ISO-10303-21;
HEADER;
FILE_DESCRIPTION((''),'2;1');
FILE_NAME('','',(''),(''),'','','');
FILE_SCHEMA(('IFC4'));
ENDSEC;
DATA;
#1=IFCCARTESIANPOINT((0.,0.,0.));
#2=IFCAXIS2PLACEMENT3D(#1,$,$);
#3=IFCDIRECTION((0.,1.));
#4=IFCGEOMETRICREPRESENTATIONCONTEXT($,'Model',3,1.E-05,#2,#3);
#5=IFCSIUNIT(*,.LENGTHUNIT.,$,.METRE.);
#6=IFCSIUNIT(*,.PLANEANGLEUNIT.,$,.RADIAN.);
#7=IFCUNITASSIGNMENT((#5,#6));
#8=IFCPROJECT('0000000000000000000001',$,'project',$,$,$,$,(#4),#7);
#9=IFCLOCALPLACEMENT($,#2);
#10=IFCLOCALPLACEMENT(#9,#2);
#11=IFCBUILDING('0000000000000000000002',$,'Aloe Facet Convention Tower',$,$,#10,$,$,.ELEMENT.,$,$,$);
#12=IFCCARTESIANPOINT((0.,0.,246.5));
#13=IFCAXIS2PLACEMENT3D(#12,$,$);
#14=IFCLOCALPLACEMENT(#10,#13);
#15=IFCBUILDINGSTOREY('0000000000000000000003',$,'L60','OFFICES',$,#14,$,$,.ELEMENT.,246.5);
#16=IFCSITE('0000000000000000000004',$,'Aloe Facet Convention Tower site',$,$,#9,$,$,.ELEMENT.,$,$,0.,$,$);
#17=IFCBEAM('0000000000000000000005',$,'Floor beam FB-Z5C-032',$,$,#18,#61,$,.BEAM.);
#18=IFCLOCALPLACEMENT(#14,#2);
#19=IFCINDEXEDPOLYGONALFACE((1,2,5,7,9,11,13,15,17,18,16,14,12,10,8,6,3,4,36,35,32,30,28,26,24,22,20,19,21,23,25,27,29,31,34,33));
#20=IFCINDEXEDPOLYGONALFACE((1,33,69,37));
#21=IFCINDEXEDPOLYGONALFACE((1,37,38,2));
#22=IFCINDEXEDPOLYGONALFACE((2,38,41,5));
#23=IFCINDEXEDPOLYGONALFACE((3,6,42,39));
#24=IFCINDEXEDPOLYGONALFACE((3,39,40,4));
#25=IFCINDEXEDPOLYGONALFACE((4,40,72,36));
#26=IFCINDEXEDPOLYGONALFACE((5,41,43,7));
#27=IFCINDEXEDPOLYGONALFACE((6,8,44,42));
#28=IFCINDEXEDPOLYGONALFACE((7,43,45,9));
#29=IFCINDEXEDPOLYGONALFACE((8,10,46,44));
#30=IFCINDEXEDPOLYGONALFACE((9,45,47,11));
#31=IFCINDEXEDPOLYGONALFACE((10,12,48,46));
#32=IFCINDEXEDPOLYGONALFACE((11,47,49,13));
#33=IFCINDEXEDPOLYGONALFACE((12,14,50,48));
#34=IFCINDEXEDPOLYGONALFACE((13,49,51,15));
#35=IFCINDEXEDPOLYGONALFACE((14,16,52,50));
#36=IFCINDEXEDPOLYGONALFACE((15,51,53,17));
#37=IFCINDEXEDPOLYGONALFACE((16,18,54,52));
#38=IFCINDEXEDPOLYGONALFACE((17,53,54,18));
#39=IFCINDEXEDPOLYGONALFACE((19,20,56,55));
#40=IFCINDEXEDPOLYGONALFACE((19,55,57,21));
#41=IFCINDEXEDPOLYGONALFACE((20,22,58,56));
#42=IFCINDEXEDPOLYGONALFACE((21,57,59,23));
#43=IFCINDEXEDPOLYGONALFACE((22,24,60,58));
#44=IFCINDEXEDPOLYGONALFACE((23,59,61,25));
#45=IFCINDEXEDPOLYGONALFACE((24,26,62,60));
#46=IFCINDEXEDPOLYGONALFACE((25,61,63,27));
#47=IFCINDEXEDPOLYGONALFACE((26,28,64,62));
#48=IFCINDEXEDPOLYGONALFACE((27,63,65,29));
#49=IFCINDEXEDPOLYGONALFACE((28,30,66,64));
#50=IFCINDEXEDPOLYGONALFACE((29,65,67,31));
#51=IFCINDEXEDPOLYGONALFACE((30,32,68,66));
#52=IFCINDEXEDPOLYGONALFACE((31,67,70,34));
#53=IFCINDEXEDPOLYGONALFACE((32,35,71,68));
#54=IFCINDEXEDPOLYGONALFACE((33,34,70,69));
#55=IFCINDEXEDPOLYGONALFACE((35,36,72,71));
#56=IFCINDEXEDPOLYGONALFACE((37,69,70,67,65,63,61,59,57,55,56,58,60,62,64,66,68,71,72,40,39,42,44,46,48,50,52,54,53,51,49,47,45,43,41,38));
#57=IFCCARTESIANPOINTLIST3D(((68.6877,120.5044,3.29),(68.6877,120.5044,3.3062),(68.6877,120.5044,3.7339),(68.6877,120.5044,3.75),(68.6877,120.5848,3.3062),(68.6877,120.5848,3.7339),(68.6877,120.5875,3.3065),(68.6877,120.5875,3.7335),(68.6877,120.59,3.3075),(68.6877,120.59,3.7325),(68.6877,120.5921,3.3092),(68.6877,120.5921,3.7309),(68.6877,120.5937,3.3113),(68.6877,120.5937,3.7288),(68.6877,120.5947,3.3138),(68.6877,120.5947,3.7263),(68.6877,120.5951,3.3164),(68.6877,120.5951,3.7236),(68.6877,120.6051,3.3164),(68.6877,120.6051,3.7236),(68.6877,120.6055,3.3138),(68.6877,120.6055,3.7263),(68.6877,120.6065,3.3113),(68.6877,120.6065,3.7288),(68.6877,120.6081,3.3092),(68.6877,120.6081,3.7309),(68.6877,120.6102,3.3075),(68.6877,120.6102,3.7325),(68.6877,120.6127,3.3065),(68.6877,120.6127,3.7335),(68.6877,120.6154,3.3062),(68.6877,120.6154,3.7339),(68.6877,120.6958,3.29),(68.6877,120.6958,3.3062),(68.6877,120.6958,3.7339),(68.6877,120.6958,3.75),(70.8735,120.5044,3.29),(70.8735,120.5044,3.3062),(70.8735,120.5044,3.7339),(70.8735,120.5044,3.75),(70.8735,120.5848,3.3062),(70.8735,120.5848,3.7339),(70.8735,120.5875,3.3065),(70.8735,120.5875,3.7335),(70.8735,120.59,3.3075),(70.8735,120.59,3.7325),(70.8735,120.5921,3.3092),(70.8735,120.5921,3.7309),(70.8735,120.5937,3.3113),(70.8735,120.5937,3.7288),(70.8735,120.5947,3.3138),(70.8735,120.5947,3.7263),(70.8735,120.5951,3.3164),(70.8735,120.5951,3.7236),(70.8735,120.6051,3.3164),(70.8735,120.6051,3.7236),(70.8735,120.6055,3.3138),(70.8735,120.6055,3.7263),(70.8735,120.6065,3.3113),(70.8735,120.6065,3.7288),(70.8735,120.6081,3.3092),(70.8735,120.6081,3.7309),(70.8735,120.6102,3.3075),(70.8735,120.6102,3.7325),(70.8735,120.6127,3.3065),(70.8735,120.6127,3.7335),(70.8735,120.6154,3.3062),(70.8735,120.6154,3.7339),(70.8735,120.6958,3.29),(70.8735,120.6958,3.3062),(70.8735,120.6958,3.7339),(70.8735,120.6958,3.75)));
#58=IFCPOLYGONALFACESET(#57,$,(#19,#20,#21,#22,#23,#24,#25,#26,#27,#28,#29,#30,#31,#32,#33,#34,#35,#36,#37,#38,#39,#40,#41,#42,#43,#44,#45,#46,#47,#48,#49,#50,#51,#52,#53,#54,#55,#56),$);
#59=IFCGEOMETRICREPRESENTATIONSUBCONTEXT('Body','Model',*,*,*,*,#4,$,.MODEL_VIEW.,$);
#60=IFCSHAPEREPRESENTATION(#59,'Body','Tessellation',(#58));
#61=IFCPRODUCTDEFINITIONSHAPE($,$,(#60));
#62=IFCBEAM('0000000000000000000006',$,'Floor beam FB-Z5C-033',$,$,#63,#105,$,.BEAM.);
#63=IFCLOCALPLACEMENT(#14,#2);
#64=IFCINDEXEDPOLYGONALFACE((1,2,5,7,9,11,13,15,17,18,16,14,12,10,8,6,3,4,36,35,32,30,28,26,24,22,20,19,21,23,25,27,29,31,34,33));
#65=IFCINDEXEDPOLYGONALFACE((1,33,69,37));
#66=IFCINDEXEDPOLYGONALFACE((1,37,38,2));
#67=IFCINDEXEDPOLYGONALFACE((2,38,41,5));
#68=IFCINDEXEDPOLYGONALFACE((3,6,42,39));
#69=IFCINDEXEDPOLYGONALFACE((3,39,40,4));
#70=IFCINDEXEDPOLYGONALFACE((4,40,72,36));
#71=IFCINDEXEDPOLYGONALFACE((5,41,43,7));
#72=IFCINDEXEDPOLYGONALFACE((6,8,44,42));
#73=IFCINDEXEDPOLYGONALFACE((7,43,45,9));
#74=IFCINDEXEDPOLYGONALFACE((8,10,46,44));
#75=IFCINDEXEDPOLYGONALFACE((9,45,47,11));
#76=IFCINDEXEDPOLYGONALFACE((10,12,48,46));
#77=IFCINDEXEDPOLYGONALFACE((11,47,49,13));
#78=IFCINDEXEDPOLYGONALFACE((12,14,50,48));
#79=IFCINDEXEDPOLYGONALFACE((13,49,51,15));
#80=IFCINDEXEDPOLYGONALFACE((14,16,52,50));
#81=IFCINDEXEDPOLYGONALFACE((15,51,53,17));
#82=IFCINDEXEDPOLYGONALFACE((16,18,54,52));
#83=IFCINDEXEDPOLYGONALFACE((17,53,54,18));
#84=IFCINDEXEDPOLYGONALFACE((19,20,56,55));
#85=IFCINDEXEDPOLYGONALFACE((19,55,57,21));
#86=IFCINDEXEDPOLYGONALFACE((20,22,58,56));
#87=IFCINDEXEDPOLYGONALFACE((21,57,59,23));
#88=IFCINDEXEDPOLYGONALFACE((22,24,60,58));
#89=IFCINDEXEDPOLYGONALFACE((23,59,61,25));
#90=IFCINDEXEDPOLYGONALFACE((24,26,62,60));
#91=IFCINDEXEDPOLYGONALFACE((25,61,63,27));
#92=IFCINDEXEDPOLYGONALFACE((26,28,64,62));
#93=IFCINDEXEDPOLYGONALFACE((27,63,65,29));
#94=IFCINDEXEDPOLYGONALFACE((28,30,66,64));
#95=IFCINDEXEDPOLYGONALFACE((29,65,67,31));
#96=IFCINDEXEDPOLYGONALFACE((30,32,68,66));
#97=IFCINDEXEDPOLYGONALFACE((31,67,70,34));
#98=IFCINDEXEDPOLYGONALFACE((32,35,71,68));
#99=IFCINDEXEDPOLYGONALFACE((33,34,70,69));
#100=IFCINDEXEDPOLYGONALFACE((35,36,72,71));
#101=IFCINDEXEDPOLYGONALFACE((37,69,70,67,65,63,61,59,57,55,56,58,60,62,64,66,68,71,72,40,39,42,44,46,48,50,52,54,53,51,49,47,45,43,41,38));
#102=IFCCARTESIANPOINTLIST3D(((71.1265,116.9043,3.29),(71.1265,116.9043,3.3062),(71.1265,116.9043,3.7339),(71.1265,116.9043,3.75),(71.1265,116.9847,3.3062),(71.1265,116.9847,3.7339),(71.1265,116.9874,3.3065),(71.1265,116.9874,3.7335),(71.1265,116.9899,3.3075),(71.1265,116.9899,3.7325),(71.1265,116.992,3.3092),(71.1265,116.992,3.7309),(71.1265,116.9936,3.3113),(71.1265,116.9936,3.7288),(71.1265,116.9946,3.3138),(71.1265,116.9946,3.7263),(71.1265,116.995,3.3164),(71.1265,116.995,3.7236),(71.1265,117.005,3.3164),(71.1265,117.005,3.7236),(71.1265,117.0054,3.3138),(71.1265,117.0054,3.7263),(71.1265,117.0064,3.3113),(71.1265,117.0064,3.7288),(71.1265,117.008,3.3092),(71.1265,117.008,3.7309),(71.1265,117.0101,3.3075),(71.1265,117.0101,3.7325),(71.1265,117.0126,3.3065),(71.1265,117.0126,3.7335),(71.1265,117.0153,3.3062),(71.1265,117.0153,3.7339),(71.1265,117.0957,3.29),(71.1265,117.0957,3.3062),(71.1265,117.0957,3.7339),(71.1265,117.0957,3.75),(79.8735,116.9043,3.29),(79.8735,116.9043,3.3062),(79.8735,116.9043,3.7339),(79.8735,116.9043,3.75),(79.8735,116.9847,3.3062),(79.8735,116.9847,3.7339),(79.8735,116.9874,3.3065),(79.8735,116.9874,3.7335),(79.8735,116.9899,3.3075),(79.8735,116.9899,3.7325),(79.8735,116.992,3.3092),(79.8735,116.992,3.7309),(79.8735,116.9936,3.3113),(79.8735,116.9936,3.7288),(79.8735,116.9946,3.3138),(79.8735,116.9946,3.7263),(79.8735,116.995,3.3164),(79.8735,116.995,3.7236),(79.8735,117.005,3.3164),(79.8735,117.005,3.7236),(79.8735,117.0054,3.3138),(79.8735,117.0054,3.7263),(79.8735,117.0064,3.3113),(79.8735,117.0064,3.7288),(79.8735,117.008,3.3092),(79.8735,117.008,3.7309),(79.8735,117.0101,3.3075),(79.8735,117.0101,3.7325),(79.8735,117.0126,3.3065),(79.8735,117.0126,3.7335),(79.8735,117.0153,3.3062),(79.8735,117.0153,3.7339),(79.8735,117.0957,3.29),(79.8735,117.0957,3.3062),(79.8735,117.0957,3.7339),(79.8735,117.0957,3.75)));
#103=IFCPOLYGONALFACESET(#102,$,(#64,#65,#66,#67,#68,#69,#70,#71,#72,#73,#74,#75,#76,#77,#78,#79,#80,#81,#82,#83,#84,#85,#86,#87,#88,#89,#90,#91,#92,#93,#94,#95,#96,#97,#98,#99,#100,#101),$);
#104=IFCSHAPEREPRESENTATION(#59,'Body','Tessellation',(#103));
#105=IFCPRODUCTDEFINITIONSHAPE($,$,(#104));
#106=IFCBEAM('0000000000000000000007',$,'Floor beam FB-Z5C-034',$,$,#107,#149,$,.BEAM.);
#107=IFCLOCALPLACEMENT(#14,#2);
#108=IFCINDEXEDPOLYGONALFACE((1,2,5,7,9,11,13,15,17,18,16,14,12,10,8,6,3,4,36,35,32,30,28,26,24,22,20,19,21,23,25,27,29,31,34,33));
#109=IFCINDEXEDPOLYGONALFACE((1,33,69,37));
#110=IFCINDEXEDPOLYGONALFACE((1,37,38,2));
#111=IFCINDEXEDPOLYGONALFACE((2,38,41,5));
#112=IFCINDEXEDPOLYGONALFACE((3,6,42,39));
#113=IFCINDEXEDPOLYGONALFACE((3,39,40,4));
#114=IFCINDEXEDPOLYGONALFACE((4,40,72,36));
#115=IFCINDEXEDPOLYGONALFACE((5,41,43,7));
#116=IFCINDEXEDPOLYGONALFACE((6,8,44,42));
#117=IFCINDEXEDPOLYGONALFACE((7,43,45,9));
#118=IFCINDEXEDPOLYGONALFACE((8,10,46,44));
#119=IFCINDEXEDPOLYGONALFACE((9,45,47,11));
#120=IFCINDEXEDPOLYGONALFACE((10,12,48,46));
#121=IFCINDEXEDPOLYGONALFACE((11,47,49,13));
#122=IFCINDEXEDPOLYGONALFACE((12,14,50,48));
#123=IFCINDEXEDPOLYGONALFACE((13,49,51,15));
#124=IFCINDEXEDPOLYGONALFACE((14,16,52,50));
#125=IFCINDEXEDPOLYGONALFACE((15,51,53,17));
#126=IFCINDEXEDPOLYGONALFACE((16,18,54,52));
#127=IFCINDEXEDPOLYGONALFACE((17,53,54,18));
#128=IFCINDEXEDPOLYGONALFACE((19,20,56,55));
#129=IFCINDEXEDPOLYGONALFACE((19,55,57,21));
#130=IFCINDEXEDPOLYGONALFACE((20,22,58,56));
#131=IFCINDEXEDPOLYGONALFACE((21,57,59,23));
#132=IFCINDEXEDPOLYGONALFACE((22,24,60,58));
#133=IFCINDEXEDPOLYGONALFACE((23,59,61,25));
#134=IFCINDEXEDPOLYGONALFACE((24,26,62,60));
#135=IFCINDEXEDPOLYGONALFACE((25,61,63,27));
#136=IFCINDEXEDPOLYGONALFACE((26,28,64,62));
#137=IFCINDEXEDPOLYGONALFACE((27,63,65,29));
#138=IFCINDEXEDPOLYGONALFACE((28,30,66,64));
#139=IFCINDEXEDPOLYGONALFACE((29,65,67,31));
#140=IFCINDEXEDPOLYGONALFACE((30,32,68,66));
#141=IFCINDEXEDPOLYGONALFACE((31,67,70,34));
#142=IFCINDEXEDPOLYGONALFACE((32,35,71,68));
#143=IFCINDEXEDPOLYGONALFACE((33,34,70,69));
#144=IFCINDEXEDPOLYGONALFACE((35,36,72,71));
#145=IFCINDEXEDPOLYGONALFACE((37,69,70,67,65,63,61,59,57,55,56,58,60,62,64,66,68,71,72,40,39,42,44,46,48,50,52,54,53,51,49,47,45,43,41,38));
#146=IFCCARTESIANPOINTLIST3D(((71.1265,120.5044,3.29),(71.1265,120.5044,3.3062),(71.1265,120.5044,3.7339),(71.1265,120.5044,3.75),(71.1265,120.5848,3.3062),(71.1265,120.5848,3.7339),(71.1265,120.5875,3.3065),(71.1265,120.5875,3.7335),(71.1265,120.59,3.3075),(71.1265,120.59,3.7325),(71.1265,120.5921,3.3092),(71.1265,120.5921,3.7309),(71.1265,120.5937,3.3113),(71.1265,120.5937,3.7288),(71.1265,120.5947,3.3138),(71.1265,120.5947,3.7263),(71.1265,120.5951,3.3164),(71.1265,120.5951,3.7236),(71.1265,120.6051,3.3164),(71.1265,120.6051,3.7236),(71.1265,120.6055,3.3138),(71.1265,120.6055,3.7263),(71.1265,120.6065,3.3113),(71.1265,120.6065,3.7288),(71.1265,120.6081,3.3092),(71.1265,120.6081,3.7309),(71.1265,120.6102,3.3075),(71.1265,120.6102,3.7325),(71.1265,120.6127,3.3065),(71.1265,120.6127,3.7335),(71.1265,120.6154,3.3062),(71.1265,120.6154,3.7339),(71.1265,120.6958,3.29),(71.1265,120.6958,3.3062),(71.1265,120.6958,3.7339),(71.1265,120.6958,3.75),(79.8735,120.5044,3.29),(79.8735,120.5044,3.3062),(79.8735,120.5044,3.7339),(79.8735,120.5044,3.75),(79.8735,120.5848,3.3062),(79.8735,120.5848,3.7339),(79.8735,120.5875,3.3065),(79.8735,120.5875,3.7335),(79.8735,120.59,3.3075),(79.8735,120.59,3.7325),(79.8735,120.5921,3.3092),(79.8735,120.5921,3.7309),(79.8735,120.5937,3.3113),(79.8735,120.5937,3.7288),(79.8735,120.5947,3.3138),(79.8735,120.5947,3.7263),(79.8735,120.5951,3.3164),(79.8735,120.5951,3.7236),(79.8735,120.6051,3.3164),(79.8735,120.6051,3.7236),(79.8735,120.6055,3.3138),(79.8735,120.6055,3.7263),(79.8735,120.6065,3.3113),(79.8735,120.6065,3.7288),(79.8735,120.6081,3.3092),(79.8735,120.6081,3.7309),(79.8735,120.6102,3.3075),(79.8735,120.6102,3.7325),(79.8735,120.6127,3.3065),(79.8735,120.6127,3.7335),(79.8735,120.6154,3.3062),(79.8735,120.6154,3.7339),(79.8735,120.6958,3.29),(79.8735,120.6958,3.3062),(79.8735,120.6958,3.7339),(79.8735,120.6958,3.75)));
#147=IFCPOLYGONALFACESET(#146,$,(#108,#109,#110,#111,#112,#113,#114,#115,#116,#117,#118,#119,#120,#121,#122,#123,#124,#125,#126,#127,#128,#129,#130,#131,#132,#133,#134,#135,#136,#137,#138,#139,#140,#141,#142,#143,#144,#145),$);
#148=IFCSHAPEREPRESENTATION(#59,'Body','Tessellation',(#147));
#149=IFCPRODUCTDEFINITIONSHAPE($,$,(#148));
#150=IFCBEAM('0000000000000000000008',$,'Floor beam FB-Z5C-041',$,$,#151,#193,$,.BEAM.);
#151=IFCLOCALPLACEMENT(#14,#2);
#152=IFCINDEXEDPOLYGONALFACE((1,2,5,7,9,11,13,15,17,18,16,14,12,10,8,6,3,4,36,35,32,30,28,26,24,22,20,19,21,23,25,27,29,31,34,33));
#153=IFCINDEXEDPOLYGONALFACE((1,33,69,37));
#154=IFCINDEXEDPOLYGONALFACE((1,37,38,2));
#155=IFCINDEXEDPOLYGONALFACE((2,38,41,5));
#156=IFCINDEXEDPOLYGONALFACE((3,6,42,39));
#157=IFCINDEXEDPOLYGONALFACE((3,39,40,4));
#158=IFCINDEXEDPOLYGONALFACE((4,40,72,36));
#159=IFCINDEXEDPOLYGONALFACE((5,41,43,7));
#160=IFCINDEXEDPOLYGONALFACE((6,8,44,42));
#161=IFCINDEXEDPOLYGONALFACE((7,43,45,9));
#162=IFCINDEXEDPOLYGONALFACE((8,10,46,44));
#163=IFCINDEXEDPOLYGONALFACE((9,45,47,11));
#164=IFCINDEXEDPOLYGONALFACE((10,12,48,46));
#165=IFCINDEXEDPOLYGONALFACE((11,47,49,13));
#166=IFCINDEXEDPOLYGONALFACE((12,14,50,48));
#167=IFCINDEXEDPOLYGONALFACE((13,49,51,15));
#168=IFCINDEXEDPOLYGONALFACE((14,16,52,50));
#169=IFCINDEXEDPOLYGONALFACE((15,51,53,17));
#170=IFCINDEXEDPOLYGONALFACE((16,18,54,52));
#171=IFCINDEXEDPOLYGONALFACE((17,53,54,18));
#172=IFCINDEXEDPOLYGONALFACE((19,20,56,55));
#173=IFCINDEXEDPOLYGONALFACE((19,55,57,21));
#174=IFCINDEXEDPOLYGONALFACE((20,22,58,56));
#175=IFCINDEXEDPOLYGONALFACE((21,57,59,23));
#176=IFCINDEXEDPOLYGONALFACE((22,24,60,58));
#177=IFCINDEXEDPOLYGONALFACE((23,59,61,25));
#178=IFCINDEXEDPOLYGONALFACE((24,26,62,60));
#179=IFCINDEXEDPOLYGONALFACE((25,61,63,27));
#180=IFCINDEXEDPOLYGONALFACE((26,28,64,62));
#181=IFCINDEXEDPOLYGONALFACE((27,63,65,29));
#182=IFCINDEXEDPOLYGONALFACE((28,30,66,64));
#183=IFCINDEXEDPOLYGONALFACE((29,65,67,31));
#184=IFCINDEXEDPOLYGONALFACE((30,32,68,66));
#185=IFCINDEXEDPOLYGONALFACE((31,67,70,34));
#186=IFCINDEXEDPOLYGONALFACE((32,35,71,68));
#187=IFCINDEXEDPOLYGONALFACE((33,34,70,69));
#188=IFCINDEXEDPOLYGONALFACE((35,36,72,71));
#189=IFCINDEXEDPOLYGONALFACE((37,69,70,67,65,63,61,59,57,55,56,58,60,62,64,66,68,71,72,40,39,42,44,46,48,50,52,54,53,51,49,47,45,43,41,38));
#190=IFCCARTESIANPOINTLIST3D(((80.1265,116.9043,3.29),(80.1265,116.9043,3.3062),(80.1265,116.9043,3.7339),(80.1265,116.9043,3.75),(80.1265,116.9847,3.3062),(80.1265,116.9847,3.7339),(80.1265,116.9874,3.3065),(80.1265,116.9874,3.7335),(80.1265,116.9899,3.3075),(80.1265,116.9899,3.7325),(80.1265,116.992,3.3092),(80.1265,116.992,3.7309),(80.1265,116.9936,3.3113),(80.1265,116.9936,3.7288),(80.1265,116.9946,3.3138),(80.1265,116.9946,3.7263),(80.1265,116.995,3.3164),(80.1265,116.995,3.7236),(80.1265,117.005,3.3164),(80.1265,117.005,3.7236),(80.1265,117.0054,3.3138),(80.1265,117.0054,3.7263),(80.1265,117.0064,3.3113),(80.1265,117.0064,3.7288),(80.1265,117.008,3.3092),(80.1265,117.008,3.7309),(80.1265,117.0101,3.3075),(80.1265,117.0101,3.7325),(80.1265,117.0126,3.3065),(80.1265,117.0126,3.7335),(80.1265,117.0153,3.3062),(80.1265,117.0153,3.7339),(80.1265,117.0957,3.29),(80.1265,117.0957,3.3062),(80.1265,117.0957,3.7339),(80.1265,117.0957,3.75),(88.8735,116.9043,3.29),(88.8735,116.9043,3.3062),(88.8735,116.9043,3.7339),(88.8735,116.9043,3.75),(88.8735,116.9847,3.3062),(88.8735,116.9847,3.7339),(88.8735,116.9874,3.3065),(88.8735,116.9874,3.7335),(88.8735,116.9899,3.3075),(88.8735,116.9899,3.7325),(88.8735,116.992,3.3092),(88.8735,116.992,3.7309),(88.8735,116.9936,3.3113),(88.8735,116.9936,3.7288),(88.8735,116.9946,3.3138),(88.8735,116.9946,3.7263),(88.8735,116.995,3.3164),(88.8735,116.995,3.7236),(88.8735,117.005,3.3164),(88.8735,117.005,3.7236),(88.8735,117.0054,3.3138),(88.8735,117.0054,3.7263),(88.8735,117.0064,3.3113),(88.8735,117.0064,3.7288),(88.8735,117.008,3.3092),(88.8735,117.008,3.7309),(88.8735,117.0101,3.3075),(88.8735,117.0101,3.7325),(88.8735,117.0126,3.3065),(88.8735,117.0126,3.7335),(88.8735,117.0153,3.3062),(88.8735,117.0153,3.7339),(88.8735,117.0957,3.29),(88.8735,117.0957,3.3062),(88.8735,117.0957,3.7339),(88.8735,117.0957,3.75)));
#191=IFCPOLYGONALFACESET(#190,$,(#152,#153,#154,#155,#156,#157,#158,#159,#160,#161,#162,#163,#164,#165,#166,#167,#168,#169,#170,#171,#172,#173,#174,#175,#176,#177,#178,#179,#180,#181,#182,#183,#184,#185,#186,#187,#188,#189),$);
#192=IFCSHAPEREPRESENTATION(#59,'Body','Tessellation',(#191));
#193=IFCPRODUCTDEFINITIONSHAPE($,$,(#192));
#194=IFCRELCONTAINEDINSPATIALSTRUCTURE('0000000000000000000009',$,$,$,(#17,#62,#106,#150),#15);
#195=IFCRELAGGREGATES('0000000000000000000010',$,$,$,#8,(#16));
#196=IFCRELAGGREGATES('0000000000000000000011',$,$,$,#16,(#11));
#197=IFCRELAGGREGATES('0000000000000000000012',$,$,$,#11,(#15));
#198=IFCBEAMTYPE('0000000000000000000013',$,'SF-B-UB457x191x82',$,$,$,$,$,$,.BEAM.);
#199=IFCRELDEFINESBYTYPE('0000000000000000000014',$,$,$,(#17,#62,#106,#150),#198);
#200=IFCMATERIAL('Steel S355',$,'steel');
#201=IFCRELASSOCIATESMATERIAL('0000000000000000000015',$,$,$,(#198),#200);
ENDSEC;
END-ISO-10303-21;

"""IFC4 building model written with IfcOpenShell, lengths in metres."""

from ifc_helpers import new_model, si_unit, direction, frame, origin, origin_2d, place, context, subcontext, project, spatial, i_section, extrude, material, material_profile, profile_set, type_object, element, save


model = new_model("IFC4")

# Units and contexts
model_context = context("Model", 3, precision=1e-05, world=origin(), true_north=direction((0.0, 1.0)))
body_context = subcontext(model_context, "Body", "Model", "MODEL_VIEW")
ifc_project = project(units=[si_unit("LENGTHUNIT", "METRE"), si_unit("PLANEANGLEUNIT", "RADIAN")], contexts=[model_context])

# Site, building, storey
site_placement = place(None, origin())
site = spatial("IfcSite", under=ifc_project, at=site_placement, Name="Aloe Facet Convention Tower site", CompositionType="ELEMENT", RefElevation=0.0)
building_placement = place(site_placement, origin())
building = spatial("IfcBuilding", under=site, at=building_placement, Name="Aloe Facet Convention Tower", CompositionType="ELEMENT")
storey_placement = place(building_placement, frame((0.0, 0.0, 246.5)))
storey = spatial("IfcBuildingStorey", under=building, at=storey_placement, Name="L60", Description="OFFICES", CompositionType="ELEMENT", Elevation=246.5)

# Beams
ifc_material_1 = material(Name="Steel S355", Category="steel")
ifc_material_profile_1 = material_profile(ifc_material_1, i_section(OverallWidth=0.1914, OverallDepth=0.46, WebThickness=0.01, FlangeThickness=0.0161, FilletRadius=0.0103, at=origin_2d()), Name="UB 457x191x82")
ifc_profile_set_1 = profile_set([ifc_material_profile_1], Name="Steel S355")
beam_type_1 = type_object("IfcBeamType", Name="SF-B-UB457x191x82", PredefinedType="BEAM", material=ifc_profile_set_1)
beam_1_placement = place(storey_placement, frame((68.6877, 120.6001, 3.52), z_axis=(1.0, 0.0, 0.0), x_axis=(0.0, 1.0, 0.0)))
element("IfcBeam", 1, at=beam_1_placement, inside=storey, type_object=beam_type_1, Name="Floor beam FB-Z5C-032", PredefinedType="BEAM", context=body_context, shape_type="SweptSolid", body=[
    extrude(i_section(OverallWidth=0.1914, OverallDepth=0.46, WebThickness=0.01, FlangeThickness=0.0161, FilletRadius=0.0103, at=origin_2d()), origin(), (0.0, 0.0, 1.0), 2.1858),
])
for number, where, z_axis, x_axis, name in (
    (2, (71.1265, 117.0, 3.52), (1.0, 0.0, 0.0), (0.0, 1.0, 0.0), "Floor beam FB-Z5C-033"),
    (3, (71.1265, 120.6001, 3.52), (1.0, 0.0, 0.0), (0.0, 1.0, 0.0), "Floor beam FB-Z5C-034"),
    (4, (80.1265, 117.0, 3.52), (1.0, 0.0, 0.0), (0.0, 1.0, 0.0), "Floor beam FB-Z5C-041"),
):
    element("IfcBeam", number, at=place(storey_placement, frame(where, z_axis=z_axis, x_axis=x_axis)), inside=storey, type_object=beam_type_1, Name=name, PredefinedType="BEAM", context=body_context, shape_type="SweptSolid", body=[
        extrude(i_section(OverallWidth=0.1914, OverallDepth=0.46, WebThickness=0.01, FlangeThickness=0.0161, FilletRadius=0.0103, at=origin_2d()), origin(), (0.0, 0.0, 1.0), 8.7471),
    ])

save(model, "model.ifc")
